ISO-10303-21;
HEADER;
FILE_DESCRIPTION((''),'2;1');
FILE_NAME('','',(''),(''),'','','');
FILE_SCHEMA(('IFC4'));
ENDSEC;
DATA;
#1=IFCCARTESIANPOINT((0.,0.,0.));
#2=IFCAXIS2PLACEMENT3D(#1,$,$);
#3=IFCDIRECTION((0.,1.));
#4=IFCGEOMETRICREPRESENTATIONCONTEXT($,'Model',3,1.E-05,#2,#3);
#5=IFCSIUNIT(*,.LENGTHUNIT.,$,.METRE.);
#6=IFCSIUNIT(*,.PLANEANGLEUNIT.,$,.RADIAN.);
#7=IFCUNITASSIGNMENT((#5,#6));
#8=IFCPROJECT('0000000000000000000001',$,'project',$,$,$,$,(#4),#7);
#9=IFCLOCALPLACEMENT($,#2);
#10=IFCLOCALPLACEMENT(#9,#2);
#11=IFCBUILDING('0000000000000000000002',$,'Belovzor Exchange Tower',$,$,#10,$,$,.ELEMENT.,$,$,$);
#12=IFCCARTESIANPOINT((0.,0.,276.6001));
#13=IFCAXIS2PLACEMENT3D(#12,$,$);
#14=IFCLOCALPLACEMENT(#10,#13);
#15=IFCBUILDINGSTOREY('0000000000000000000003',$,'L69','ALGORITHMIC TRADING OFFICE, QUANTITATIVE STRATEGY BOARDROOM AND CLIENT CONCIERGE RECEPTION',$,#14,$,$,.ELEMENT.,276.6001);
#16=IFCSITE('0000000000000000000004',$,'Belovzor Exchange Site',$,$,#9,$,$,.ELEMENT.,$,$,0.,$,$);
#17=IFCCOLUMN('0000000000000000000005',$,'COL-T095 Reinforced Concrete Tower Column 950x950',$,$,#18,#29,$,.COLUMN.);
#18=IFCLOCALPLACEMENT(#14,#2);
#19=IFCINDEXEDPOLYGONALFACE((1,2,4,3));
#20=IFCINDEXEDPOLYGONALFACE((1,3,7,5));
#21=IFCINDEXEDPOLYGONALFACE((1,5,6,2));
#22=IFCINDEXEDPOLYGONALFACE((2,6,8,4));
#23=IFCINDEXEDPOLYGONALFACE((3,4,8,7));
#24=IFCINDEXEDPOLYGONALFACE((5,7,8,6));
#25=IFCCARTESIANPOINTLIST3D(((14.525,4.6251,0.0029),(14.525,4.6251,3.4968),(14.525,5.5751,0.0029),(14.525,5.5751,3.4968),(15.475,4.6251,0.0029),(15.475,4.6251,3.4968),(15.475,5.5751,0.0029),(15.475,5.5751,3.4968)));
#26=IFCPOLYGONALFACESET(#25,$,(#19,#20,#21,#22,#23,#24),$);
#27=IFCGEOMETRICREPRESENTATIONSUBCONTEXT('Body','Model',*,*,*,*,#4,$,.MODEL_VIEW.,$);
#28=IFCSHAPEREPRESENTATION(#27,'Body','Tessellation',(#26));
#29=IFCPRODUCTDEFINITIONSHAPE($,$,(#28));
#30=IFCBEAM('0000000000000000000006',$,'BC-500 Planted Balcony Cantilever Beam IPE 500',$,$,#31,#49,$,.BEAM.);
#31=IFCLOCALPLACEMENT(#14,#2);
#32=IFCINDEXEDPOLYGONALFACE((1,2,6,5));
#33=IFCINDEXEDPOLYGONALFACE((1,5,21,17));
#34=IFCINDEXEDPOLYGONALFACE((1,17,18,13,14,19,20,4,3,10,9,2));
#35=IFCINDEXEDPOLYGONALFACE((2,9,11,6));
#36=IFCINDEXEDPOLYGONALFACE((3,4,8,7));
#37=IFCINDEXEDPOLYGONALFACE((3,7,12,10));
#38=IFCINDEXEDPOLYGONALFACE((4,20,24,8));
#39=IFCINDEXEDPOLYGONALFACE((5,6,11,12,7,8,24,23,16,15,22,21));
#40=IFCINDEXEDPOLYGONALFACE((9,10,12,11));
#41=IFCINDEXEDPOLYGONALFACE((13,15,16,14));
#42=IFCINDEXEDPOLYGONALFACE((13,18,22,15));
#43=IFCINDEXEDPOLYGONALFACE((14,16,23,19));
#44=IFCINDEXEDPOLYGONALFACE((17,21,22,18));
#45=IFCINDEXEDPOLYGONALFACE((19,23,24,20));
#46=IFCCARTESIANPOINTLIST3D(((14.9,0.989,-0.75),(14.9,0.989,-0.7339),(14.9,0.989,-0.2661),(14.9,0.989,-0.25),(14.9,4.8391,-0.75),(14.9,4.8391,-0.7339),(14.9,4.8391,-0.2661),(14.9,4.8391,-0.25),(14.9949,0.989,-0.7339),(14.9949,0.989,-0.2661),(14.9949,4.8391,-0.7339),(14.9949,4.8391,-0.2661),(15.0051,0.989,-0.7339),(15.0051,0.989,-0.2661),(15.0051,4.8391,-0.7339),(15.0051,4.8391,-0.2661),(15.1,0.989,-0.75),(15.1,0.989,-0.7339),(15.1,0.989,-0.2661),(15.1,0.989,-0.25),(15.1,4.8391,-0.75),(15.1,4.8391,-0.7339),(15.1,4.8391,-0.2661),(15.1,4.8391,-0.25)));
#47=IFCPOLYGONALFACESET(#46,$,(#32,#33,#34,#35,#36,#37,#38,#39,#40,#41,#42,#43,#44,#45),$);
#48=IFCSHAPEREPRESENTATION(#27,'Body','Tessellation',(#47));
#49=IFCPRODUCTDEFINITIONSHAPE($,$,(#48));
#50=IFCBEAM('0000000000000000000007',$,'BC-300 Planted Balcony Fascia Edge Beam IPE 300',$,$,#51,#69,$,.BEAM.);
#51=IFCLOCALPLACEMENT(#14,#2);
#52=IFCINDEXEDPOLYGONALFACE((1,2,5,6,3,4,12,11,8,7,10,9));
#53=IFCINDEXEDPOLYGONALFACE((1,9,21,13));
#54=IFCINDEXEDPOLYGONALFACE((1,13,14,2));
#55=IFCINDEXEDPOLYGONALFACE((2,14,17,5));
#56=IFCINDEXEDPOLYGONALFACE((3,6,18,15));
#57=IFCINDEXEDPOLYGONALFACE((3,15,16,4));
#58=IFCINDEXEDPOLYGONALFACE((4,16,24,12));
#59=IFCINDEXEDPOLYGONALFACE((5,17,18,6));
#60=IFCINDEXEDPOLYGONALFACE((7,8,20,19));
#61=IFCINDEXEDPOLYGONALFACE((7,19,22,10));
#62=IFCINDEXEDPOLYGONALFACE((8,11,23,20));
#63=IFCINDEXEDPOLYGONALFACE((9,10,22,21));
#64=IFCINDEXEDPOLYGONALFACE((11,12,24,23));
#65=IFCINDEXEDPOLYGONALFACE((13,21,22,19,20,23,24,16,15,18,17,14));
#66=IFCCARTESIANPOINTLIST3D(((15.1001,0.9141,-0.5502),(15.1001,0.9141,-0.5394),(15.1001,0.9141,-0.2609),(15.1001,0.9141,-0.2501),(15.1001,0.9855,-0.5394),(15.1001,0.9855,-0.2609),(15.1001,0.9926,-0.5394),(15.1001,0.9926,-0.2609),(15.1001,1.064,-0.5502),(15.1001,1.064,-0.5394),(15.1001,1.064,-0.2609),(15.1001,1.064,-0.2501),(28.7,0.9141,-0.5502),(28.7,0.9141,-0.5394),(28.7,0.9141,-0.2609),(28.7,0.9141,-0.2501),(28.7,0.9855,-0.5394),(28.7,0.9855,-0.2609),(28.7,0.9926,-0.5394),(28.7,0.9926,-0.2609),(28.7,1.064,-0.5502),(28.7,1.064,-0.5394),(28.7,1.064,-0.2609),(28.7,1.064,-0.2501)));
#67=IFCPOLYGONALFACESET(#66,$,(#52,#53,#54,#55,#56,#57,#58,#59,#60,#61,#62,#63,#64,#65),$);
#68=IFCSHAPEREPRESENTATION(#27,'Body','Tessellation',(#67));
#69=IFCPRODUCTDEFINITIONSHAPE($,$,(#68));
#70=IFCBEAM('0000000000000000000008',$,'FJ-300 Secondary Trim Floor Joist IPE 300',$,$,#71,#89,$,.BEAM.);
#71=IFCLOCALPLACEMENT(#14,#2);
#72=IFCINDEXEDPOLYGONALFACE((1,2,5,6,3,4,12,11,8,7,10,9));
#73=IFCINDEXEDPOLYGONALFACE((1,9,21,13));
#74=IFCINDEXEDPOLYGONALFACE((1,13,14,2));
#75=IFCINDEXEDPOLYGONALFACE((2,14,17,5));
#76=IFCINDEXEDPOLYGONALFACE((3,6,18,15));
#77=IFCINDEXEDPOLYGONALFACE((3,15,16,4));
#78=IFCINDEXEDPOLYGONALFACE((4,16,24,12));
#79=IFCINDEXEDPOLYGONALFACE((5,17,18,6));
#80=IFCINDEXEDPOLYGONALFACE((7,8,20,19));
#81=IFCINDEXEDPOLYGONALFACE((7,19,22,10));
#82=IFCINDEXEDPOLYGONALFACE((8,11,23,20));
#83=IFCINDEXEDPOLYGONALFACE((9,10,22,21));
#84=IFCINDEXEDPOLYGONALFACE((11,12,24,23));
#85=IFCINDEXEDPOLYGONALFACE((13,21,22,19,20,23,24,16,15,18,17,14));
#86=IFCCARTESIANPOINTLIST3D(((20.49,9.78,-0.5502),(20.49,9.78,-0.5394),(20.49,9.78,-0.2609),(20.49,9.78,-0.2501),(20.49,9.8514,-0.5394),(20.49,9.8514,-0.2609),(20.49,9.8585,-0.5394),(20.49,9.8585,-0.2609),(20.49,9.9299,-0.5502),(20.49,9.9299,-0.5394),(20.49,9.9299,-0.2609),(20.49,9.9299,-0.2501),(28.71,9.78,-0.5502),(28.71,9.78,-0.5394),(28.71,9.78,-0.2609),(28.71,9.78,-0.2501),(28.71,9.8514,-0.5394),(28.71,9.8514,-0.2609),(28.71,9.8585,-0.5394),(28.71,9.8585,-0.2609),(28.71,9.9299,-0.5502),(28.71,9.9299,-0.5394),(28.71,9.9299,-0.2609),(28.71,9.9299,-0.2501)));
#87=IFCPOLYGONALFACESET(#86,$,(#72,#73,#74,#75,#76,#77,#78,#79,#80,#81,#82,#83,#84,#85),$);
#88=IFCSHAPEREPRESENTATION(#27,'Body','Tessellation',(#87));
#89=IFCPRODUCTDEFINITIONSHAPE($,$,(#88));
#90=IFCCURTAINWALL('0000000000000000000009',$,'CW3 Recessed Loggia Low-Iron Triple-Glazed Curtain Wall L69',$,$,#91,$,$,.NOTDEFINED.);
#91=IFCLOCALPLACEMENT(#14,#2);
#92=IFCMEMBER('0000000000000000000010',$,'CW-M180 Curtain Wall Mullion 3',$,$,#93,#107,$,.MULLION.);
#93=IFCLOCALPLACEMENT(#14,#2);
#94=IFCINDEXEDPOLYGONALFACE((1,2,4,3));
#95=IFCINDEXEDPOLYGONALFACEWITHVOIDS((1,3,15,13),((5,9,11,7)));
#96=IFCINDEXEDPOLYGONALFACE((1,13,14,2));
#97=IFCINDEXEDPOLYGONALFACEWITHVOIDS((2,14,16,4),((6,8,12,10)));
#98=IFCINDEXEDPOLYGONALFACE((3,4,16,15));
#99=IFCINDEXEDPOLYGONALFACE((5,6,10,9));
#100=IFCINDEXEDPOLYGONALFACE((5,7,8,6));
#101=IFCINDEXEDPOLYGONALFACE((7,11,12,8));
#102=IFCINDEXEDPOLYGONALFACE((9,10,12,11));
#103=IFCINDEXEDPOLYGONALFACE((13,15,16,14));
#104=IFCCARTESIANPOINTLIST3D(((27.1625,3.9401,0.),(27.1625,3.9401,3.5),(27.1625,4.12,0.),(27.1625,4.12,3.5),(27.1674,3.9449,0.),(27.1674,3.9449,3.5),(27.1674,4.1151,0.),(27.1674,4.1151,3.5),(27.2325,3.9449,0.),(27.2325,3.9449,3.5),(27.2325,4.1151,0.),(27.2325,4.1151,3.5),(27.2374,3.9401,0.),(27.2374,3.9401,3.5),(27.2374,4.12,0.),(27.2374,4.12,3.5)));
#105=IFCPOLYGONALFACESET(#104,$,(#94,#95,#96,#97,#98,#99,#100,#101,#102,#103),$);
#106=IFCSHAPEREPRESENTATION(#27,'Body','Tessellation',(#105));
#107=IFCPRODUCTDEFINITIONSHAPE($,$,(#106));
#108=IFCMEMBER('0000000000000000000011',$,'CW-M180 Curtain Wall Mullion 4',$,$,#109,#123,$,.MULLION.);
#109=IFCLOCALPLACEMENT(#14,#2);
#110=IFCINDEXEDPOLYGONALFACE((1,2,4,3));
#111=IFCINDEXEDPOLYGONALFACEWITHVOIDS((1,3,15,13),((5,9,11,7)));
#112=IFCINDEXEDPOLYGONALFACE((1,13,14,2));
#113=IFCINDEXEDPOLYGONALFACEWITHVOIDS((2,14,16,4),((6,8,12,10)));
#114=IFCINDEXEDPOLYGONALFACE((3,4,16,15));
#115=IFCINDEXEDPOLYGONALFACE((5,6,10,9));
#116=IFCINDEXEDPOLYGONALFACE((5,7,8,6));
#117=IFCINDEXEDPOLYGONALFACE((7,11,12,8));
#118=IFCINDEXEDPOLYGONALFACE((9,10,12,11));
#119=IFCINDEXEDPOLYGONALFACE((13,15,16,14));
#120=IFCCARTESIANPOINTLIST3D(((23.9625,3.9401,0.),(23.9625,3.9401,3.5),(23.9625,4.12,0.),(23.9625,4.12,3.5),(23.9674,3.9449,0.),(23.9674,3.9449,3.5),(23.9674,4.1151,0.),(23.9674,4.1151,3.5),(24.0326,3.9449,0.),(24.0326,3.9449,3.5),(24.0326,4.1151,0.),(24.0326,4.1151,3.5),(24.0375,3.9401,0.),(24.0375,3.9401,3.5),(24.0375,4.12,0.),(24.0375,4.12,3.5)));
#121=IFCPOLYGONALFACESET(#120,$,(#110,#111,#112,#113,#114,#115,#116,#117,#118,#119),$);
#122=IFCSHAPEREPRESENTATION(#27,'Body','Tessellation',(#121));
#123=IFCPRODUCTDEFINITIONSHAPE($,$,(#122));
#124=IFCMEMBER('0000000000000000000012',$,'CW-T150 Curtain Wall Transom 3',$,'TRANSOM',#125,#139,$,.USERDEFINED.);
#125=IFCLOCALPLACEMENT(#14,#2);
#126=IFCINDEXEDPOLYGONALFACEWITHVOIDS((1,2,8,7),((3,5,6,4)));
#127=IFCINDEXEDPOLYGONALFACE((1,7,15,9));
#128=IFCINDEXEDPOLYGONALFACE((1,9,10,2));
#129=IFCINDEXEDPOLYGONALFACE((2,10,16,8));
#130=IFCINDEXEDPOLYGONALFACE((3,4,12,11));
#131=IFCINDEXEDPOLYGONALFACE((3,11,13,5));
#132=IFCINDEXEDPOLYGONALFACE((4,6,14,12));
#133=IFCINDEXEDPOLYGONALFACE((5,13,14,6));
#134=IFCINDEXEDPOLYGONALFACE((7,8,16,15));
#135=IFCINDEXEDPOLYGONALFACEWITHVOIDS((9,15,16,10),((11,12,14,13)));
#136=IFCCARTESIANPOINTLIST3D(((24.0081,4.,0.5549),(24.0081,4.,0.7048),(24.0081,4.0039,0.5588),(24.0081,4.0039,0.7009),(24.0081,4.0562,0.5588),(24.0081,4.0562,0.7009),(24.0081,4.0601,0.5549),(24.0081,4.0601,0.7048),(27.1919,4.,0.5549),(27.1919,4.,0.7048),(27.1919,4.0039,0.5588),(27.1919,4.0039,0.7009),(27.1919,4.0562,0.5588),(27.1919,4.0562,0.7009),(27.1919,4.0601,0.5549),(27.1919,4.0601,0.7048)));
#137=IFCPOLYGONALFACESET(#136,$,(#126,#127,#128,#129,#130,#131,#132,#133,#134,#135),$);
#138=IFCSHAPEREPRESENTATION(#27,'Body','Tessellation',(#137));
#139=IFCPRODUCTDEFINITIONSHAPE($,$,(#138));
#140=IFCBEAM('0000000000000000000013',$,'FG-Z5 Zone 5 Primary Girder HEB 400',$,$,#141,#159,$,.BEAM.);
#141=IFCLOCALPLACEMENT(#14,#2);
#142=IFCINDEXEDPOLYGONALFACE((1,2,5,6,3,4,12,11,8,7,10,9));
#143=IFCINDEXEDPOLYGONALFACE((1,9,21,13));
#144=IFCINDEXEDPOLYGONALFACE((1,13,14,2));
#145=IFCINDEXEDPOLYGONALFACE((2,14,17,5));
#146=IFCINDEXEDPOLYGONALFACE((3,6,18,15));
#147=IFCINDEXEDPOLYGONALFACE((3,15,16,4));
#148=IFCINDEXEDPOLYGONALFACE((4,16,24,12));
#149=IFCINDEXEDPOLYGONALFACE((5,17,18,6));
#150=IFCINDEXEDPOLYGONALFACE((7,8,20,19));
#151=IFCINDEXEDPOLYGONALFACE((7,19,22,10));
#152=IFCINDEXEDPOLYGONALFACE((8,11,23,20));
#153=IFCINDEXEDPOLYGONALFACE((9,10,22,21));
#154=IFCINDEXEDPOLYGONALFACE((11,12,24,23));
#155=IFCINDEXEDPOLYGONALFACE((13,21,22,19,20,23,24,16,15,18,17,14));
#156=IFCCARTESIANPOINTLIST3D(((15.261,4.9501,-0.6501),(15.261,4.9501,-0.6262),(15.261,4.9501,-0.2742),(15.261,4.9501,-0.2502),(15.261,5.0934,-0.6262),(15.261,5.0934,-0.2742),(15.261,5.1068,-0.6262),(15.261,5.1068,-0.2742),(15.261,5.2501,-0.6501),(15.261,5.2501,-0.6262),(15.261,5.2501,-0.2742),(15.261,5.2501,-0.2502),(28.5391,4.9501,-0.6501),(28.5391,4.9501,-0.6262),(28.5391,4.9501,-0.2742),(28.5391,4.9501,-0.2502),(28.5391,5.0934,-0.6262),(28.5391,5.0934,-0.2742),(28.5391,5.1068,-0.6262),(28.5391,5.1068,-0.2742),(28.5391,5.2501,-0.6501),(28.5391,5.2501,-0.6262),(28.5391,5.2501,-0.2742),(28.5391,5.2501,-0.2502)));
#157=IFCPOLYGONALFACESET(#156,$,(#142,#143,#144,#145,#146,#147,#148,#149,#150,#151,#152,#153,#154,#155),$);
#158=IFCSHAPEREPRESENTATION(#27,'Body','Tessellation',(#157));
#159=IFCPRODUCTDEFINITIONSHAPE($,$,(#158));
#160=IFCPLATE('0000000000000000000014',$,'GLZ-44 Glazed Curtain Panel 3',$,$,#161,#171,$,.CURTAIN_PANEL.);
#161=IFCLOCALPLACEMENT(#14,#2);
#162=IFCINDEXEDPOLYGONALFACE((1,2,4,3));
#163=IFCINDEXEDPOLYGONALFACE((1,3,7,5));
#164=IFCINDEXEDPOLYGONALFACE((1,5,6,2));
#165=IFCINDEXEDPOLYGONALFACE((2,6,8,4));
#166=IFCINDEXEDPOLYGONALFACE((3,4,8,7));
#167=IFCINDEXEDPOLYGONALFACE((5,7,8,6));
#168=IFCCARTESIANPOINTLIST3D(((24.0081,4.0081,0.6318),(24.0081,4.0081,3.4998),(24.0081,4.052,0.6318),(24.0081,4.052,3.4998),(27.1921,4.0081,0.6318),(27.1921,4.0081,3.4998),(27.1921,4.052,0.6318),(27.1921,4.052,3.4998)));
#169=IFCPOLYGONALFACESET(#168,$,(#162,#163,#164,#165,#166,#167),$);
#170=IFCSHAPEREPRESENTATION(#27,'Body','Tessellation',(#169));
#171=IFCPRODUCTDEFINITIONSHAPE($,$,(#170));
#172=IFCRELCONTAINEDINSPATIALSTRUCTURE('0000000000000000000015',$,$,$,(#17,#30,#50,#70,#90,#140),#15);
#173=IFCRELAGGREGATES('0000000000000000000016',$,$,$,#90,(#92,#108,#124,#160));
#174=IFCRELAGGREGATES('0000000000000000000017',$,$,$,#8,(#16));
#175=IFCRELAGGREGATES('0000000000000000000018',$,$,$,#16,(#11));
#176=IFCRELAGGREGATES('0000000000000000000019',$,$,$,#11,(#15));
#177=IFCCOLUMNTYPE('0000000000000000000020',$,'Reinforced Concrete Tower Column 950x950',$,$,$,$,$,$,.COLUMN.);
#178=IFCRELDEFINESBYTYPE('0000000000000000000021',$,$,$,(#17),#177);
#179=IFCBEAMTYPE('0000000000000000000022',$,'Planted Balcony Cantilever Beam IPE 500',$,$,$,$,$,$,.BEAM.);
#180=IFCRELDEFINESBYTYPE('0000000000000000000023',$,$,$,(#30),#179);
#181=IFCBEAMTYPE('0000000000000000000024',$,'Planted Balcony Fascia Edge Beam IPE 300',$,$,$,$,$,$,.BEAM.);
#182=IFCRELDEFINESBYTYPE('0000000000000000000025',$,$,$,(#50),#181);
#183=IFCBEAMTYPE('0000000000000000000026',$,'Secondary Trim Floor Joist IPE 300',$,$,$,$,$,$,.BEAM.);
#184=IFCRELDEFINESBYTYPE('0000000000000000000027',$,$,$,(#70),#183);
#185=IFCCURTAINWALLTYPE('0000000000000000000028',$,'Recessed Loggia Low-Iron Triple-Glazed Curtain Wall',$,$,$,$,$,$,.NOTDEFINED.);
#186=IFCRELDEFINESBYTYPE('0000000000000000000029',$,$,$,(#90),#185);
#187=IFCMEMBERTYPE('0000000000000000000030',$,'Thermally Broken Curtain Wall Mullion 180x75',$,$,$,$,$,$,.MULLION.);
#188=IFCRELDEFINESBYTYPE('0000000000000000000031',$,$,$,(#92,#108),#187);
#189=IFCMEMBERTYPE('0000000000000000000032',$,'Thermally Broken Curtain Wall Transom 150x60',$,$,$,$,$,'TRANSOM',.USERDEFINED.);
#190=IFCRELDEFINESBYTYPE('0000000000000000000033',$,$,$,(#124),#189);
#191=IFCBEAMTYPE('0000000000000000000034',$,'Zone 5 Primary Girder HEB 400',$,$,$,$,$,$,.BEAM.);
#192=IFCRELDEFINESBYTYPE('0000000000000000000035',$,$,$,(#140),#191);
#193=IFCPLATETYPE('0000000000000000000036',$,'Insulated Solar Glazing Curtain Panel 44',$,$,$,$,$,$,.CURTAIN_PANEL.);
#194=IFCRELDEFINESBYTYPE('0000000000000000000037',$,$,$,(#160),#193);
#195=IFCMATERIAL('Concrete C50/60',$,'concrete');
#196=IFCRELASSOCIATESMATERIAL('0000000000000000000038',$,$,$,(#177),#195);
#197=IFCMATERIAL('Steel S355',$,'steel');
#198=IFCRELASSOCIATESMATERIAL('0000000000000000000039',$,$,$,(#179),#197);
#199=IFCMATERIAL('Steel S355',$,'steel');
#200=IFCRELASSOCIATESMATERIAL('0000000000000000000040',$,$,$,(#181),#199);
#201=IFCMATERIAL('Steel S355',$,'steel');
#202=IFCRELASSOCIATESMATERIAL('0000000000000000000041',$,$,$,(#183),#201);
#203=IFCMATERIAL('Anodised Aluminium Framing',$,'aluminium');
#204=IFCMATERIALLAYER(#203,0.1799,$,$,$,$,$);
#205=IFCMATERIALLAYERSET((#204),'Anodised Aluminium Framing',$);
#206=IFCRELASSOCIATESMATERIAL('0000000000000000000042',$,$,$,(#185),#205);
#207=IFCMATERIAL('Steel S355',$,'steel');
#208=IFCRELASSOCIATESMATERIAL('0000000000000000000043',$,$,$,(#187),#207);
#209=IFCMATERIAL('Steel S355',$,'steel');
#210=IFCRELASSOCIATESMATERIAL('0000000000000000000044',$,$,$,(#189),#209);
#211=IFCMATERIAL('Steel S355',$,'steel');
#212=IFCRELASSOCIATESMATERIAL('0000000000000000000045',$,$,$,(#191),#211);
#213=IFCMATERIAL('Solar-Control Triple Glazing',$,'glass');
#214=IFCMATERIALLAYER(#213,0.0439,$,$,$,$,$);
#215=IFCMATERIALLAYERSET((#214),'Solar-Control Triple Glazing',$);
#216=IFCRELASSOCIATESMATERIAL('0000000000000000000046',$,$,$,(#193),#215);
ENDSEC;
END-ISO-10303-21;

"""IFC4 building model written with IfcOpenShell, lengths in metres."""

from ifc_helpers import new_model, si_unit, direction, frame, origin, origin_2d, place, context, subcontext, project, spatial, rectangle, hollow_rectangle, i_section, extrude, material, layer, layer_set, material_profile, profile_set, type_object, element, aggregate, save


model = new_model("IFC4")

# Units and contexts
model_context = context("Model", 3, precision=1e-05, world=origin(), true_north=direction((0.0, 1.0)))
body_context = subcontext(model_context, "Body", "Model", "MODEL_VIEW")
ifc_project = project(units=[si_unit("LENGTHUNIT", "METRE"), si_unit("PLANEANGLEUNIT", "RADIAN")], contexts=[model_context])

# Site, building, storey
site_placement = place(None, origin())
site = spatial("IfcSite", under=ifc_project, at=site_placement, Name="Belovzor Exchange Site", CompositionType="ELEMENT", RefElevation=0.0)
building_placement = place(site_placement, origin())
building = spatial("IfcBuilding", under=site, at=building_placement, Name="Belovzor Exchange Tower", CompositionType="ELEMENT")
storey_placement = place(building_placement, frame((0.0, 0.0, 276.6001)))
storey = spatial("IfcBuildingStorey", under=building, at=storey_placement, Name="L69", Description="ALGORITHMIC TRADING OFFICE, QUANTITATIVE STRATEGY BOARDROOM AND CLIENT CONCIERGE RECEPTION", CompositionType="ELEMENT", Elevation=276.6001)

# Column
ifc_material_1 = material(Name="Concrete C50/60", Category="concrete")
ifc_material_profile_1 = material_profile(ifc_material_1, rectangle(XDim=0.95, YDim=0.95, at=origin_2d()))
ifc_profile_set_1 = profile_set([ifc_material_profile_1], Name="Concrete C50/60")
column_type = type_object("IfcColumnType", Name="Reinforced Concrete Tower Column 950x950", PredefinedType="COLUMN", material=ifc_profile_set_1)
column_placement = place(storey_placement, frame((15.0, 5.1001, 0.0029), z_axis=(0.0, 0.0, 1.0), x_axis=(1.0, 0.0, 0.0)))
element("IfcColumn", 1, at=column_placement, inside=storey, type_object=column_type, Name="COL-T095 Reinforced Concrete Tower Column 950x950", PredefinedType="COLUMN", context=body_context, shape_type="SweptSolid", body=[
    extrude(rectangle(XDim=0.95, YDim=0.95, at=origin_2d()), origin(), (0.0, 0.0, 1.0), 3.4939),
])

# Beams
ifc_material_2 = material(Name="Steel S355", Category="steel")
ifc_material_profile_2 = material_profile(ifc_material_2, i_section(OverallWidth=0.2, OverallDepth=0.5, WebThickness=0.0103, FlangeThickness=0.0161, at=origin_2d()))
ifc_profile_set_2 = profile_set([ifc_material_profile_2], Name="Steel S355")
beam_type_1 = type_object("IfcBeamType", Name="Planted Balcony Cantilever Beam IPE 500", PredefinedType="BEAM", material=ifc_profile_set_2)
beam_1_placement = place(storey_placement, frame((15.0, 4.8391, -0.5), z_axis=(0.0, -1.0, 0.0), x_axis=(1.0, 0.0, 0.0)))
element("IfcBeam", 2, at=beam_1_placement, inside=storey, type_object=beam_type_1, Name="BC-500 Planted Balcony Cantilever Beam IPE 500", PredefinedType="BEAM", context=body_context, shape_type="SweptSolid", body=[
    extrude(i_section(OverallWidth=0.2, OverallDepth=0.5, WebThickness=0.0103, FlangeThickness=0.0161, at=origin_2d()), origin(), (0.0, 0.0, 1.0), 3.8501),
])
ifc_material_3 = material(Name="Steel S355", Category="steel")
ifc_material_profile_3 = material_profile(ifc_material_3, i_section(OverallWidth=0.1499, OverallDepth=0.3, WebThickness=0.0071, FlangeThickness=0.0107, at=origin_2d()))
ifc_profile_set_3 = profile_set([ifc_material_profile_3], Name="Steel S355")
beam_type_2 = type_object("IfcBeamType", Name="Planted Balcony Fascia Edge Beam IPE 300", PredefinedType="BEAM", material=ifc_profile_set_3)
beam_2_placement = place(storey_placement, frame((15.1001, 0.989, -0.4001), z_axis=(1.0, 0.0, 0.0), x_axis=(0.0, 1.0, 0.0)))
element("IfcBeam", 3, at=beam_2_placement, inside=storey, type_object=beam_type_2, Name="BC-300 Planted Balcony Fascia Edge Beam IPE 300", PredefinedType="BEAM", context=body_context, shape_type="SweptSolid", body=[
    extrude(i_section(OverallWidth=0.1499, OverallDepth=0.3, WebThickness=0.0071, FlangeThickness=0.0107, at=origin_2d()), origin(), (0.0, 0.0, 1.0), 13.5999),
])
ifc_material_4 = material(Name="Steel S355", Category="steel")
ifc_material_profile_4 = material_profile(ifc_material_4, i_section(OverallWidth=0.1499, OverallDepth=0.3, WebThickness=0.0071, FlangeThickness=0.0107, at=origin_2d()))
ifc_profile_set_4 = profile_set([ifc_material_profile_4], Name="Steel S355")
beam_type_3 = type_object("IfcBeamType", Name="Secondary Trim Floor Joist IPE 300", PredefinedType="BEAM", material=ifc_profile_set_4)
beam_3_placement = place(storey_placement, frame((20.49, 9.855, -0.4001), z_axis=(1.0, 0.0, 0.0), x_axis=(0.0, 1.0, 0.0)))
element("IfcBeam", 4, at=beam_3_placement, inside=storey, type_object=beam_type_3, Name="FJ-300 Secondary Trim Floor Joist IPE 300", PredefinedType="BEAM", context=body_context, shape_type="SweptSolid", body=[
    extrude(i_section(OverallWidth=0.1499, OverallDepth=0.3, WebThickness=0.0071, FlangeThickness=0.0107, at=origin_2d()), origin(), (0.0, 0.0, 1.0), 8.22),
])

# Curtain wall, members
ifc_material_5 = material(Name="Anodised Aluminium Framing", Category="aluminium")
ifc_layer_1 = layer(ifc_material_5, 0.1799)
ifc_layer_set_1 = layer_set([ifc_layer_1], Name="Anodised Aluminium Framing")
curtain_wall_type = type_object("IfcCurtainWallType", Name="Recessed Loggia Low-Iron Triple-Glazed Curtain Wall", PredefinedType="NOTDEFINED", material=ifc_layer_set_1)
curtain_wall_placement = place(storey_placement, origin())
curtain_wall = element("IfcCurtainWall", 5, at=curtain_wall_placement, inside=storey, type_object=curtain_wall_type, Name="CW3 Recessed Loggia Low-Iron Triple-Glazed Curtain Wall L69", PredefinedType="NOTDEFINED")
ifc_material_6 = material(Name="Steel S355", Category="steel")
ifc_material_profile_5 = material_profile(ifc_material_6, hollow_rectangle(XDim=0.075, YDim=0.1799, WallThickness=0.0049, at=origin_2d()))
ifc_profile_set_5 = profile_set([ifc_material_profile_5], Name="Steel S355")
member_type_1 = type_object("IfcMemberType", Name="Thermally Broken Curtain Wall Mullion 180x75", PredefinedType="MULLION", material=ifc_profile_set_5)
member_1_placement = place(storey_placement, frame((27.2, 4.03, 0.0), z_axis=(0.0, 0.0, 1.0), x_axis=(-1.0, 0.0, 0.0)))
member_1 = element("IfcMember", 6, at=member_1_placement, type_object=member_type_1, Name="CW-M180 Curtain Wall Mullion 3", PredefinedType="MULLION", context=body_context, shape_type="SweptSolid", body=[
    extrude(hollow_rectangle(XDim=0.075, YDim=0.1799, WallThickness=0.0049, at=origin_2d()), origin(), (0.0, 0.0, 1.0), 3.5),
])
member_2_placement = place(storey_placement, frame((24.0, 4.03, 0.0), z_axis=(0.0, 0.0, 1.0), x_axis=(-1.0, 0.0, 0.0)))
member_2 = element("IfcMember", 7, at=member_2_placement, type_object=member_type_1, Name="CW-M180 Curtain Wall Mullion 4", PredefinedType="MULLION", context=body_context, shape_type="SweptSolid", body=[
    extrude(hollow_rectangle(XDim=0.075, YDim=0.1799, WallThickness=0.0049, at=origin_2d()), origin(), (0.0, 0.0, 1.0), 3.5),
])
ifc_material_7 = material(Name="Steel S355", Category="steel")
ifc_material_profile_6 = material_profile(ifc_material_7, hollow_rectangle(XDim=0.0601, YDim=0.1499, WallThickness=0.0039, at=origin_2d()))
ifc_profile_set_6 = profile_set([ifc_material_profile_6], Name="Steel S355")
member_type_2 = type_object("IfcMemberType", Name="Thermally Broken Curtain Wall Transom 150x60", ElementType="TRANSOM", PredefinedType="USERDEFINED", material=ifc_profile_set_6)
member_3_placement = place(storey_placement, frame((27.1919, 4.03, 0.6299), z_axis=(-1.0, 0.0, 0.0), x_axis=(0.0, -1.0, 0.0)))
member_3 = element("IfcMember", 8, at=member_3_placement, type_object=member_type_2, Name="CW-T150 Curtain Wall Transom 3", ObjectType="TRANSOM", PredefinedType="USERDEFINED", context=body_context, shape_type="SweptSolid", body=[
    extrude(hollow_rectangle(XDim=0.0601, YDim=0.1499, WallThickness=0.0039, at=origin_2d()), origin(), (0.0, 0.0, 1.0), 3.1838),
])

# Beam
ifc_material_8 = material(Name="Steel S355", Category="steel")
ifc_material_profile_7 = material_profile(ifc_material_8, i_section(OverallWidth=0.3, OverallDepth=0.3999, WebThickness=0.0134, FlangeThickness=0.0239, at=origin_2d()))
ifc_profile_set_7 = profile_set([ifc_material_profile_7], Name="Steel S355")
beam_type_4 = type_object("IfcBeamType", Name="Zone 5 Primary Girder HEB 400", PredefinedType="BEAM", material=ifc_profile_set_7)
beam_4_placement = place(storey_placement, frame((15.261, 5.1001, -0.4502), z_axis=(1.0, 0.0, 0.0), x_axis=(0.0, 1.0, 0.0)))
element("IfcBeam", 9, at=beam_4_placement, inside=storey, type_object=beam_type_4, Name="FG-Z5 Zone 5 Primary Girder HEB 400", PredefinedType="BEAM", context=body_context, shape_type="SweptSolid", body=[
    extrude(i_section(OverallWidth=0.3, OverallDepth=0.3999, WebThickness=0.0134, FlangeThickness=0.0239, at=origin_2d()), origin(), (0.0, 0.0, 1.0), 13.2781),
])

# Plate
ifc_material_9 = material(Name="Solar-Control Triple Glazing", Category="glass")
ifc_layer_2 = layer(ifc_material_9, 0.0439)
ifc_layer_set_2 = layer_set([ifc_layer_2], Name="Solar-Control Triple Glazing")
plate_type_1 = type_object("IfcPlateType", Name="Insulated Solar Glazing Curtain Panel 44", PredefinedType="CURTAIN_PANEL", material=ifc_layer_set_2)
plate_1_placement = place(storey_placement, frame((25.6001, 4.03, 0.6318), z_axis=(0.0, 0.0, 1.0), x_axis=(-1.0, 0.0, 0.0)))
plate_1 = element("IfcPlate", 10, at=plate_1_placement, type_object=plate_type_1, Name="GLZ-44 Glazed Curtain Panel 3", PredefinedType="CURTAIN_PANEL", context=body_context, shape_type="SweptSolid", body=[
    extrude(rectangle(XDim=3.1841, YDim=0.0439, at=origin_2d()), origin(), (0.0, 0.0, 1.0), 2.8679),
])
aggregate(curtain_wall, [member_1, member_2, member_3, plate_1])

save(model, "model.ifc")
